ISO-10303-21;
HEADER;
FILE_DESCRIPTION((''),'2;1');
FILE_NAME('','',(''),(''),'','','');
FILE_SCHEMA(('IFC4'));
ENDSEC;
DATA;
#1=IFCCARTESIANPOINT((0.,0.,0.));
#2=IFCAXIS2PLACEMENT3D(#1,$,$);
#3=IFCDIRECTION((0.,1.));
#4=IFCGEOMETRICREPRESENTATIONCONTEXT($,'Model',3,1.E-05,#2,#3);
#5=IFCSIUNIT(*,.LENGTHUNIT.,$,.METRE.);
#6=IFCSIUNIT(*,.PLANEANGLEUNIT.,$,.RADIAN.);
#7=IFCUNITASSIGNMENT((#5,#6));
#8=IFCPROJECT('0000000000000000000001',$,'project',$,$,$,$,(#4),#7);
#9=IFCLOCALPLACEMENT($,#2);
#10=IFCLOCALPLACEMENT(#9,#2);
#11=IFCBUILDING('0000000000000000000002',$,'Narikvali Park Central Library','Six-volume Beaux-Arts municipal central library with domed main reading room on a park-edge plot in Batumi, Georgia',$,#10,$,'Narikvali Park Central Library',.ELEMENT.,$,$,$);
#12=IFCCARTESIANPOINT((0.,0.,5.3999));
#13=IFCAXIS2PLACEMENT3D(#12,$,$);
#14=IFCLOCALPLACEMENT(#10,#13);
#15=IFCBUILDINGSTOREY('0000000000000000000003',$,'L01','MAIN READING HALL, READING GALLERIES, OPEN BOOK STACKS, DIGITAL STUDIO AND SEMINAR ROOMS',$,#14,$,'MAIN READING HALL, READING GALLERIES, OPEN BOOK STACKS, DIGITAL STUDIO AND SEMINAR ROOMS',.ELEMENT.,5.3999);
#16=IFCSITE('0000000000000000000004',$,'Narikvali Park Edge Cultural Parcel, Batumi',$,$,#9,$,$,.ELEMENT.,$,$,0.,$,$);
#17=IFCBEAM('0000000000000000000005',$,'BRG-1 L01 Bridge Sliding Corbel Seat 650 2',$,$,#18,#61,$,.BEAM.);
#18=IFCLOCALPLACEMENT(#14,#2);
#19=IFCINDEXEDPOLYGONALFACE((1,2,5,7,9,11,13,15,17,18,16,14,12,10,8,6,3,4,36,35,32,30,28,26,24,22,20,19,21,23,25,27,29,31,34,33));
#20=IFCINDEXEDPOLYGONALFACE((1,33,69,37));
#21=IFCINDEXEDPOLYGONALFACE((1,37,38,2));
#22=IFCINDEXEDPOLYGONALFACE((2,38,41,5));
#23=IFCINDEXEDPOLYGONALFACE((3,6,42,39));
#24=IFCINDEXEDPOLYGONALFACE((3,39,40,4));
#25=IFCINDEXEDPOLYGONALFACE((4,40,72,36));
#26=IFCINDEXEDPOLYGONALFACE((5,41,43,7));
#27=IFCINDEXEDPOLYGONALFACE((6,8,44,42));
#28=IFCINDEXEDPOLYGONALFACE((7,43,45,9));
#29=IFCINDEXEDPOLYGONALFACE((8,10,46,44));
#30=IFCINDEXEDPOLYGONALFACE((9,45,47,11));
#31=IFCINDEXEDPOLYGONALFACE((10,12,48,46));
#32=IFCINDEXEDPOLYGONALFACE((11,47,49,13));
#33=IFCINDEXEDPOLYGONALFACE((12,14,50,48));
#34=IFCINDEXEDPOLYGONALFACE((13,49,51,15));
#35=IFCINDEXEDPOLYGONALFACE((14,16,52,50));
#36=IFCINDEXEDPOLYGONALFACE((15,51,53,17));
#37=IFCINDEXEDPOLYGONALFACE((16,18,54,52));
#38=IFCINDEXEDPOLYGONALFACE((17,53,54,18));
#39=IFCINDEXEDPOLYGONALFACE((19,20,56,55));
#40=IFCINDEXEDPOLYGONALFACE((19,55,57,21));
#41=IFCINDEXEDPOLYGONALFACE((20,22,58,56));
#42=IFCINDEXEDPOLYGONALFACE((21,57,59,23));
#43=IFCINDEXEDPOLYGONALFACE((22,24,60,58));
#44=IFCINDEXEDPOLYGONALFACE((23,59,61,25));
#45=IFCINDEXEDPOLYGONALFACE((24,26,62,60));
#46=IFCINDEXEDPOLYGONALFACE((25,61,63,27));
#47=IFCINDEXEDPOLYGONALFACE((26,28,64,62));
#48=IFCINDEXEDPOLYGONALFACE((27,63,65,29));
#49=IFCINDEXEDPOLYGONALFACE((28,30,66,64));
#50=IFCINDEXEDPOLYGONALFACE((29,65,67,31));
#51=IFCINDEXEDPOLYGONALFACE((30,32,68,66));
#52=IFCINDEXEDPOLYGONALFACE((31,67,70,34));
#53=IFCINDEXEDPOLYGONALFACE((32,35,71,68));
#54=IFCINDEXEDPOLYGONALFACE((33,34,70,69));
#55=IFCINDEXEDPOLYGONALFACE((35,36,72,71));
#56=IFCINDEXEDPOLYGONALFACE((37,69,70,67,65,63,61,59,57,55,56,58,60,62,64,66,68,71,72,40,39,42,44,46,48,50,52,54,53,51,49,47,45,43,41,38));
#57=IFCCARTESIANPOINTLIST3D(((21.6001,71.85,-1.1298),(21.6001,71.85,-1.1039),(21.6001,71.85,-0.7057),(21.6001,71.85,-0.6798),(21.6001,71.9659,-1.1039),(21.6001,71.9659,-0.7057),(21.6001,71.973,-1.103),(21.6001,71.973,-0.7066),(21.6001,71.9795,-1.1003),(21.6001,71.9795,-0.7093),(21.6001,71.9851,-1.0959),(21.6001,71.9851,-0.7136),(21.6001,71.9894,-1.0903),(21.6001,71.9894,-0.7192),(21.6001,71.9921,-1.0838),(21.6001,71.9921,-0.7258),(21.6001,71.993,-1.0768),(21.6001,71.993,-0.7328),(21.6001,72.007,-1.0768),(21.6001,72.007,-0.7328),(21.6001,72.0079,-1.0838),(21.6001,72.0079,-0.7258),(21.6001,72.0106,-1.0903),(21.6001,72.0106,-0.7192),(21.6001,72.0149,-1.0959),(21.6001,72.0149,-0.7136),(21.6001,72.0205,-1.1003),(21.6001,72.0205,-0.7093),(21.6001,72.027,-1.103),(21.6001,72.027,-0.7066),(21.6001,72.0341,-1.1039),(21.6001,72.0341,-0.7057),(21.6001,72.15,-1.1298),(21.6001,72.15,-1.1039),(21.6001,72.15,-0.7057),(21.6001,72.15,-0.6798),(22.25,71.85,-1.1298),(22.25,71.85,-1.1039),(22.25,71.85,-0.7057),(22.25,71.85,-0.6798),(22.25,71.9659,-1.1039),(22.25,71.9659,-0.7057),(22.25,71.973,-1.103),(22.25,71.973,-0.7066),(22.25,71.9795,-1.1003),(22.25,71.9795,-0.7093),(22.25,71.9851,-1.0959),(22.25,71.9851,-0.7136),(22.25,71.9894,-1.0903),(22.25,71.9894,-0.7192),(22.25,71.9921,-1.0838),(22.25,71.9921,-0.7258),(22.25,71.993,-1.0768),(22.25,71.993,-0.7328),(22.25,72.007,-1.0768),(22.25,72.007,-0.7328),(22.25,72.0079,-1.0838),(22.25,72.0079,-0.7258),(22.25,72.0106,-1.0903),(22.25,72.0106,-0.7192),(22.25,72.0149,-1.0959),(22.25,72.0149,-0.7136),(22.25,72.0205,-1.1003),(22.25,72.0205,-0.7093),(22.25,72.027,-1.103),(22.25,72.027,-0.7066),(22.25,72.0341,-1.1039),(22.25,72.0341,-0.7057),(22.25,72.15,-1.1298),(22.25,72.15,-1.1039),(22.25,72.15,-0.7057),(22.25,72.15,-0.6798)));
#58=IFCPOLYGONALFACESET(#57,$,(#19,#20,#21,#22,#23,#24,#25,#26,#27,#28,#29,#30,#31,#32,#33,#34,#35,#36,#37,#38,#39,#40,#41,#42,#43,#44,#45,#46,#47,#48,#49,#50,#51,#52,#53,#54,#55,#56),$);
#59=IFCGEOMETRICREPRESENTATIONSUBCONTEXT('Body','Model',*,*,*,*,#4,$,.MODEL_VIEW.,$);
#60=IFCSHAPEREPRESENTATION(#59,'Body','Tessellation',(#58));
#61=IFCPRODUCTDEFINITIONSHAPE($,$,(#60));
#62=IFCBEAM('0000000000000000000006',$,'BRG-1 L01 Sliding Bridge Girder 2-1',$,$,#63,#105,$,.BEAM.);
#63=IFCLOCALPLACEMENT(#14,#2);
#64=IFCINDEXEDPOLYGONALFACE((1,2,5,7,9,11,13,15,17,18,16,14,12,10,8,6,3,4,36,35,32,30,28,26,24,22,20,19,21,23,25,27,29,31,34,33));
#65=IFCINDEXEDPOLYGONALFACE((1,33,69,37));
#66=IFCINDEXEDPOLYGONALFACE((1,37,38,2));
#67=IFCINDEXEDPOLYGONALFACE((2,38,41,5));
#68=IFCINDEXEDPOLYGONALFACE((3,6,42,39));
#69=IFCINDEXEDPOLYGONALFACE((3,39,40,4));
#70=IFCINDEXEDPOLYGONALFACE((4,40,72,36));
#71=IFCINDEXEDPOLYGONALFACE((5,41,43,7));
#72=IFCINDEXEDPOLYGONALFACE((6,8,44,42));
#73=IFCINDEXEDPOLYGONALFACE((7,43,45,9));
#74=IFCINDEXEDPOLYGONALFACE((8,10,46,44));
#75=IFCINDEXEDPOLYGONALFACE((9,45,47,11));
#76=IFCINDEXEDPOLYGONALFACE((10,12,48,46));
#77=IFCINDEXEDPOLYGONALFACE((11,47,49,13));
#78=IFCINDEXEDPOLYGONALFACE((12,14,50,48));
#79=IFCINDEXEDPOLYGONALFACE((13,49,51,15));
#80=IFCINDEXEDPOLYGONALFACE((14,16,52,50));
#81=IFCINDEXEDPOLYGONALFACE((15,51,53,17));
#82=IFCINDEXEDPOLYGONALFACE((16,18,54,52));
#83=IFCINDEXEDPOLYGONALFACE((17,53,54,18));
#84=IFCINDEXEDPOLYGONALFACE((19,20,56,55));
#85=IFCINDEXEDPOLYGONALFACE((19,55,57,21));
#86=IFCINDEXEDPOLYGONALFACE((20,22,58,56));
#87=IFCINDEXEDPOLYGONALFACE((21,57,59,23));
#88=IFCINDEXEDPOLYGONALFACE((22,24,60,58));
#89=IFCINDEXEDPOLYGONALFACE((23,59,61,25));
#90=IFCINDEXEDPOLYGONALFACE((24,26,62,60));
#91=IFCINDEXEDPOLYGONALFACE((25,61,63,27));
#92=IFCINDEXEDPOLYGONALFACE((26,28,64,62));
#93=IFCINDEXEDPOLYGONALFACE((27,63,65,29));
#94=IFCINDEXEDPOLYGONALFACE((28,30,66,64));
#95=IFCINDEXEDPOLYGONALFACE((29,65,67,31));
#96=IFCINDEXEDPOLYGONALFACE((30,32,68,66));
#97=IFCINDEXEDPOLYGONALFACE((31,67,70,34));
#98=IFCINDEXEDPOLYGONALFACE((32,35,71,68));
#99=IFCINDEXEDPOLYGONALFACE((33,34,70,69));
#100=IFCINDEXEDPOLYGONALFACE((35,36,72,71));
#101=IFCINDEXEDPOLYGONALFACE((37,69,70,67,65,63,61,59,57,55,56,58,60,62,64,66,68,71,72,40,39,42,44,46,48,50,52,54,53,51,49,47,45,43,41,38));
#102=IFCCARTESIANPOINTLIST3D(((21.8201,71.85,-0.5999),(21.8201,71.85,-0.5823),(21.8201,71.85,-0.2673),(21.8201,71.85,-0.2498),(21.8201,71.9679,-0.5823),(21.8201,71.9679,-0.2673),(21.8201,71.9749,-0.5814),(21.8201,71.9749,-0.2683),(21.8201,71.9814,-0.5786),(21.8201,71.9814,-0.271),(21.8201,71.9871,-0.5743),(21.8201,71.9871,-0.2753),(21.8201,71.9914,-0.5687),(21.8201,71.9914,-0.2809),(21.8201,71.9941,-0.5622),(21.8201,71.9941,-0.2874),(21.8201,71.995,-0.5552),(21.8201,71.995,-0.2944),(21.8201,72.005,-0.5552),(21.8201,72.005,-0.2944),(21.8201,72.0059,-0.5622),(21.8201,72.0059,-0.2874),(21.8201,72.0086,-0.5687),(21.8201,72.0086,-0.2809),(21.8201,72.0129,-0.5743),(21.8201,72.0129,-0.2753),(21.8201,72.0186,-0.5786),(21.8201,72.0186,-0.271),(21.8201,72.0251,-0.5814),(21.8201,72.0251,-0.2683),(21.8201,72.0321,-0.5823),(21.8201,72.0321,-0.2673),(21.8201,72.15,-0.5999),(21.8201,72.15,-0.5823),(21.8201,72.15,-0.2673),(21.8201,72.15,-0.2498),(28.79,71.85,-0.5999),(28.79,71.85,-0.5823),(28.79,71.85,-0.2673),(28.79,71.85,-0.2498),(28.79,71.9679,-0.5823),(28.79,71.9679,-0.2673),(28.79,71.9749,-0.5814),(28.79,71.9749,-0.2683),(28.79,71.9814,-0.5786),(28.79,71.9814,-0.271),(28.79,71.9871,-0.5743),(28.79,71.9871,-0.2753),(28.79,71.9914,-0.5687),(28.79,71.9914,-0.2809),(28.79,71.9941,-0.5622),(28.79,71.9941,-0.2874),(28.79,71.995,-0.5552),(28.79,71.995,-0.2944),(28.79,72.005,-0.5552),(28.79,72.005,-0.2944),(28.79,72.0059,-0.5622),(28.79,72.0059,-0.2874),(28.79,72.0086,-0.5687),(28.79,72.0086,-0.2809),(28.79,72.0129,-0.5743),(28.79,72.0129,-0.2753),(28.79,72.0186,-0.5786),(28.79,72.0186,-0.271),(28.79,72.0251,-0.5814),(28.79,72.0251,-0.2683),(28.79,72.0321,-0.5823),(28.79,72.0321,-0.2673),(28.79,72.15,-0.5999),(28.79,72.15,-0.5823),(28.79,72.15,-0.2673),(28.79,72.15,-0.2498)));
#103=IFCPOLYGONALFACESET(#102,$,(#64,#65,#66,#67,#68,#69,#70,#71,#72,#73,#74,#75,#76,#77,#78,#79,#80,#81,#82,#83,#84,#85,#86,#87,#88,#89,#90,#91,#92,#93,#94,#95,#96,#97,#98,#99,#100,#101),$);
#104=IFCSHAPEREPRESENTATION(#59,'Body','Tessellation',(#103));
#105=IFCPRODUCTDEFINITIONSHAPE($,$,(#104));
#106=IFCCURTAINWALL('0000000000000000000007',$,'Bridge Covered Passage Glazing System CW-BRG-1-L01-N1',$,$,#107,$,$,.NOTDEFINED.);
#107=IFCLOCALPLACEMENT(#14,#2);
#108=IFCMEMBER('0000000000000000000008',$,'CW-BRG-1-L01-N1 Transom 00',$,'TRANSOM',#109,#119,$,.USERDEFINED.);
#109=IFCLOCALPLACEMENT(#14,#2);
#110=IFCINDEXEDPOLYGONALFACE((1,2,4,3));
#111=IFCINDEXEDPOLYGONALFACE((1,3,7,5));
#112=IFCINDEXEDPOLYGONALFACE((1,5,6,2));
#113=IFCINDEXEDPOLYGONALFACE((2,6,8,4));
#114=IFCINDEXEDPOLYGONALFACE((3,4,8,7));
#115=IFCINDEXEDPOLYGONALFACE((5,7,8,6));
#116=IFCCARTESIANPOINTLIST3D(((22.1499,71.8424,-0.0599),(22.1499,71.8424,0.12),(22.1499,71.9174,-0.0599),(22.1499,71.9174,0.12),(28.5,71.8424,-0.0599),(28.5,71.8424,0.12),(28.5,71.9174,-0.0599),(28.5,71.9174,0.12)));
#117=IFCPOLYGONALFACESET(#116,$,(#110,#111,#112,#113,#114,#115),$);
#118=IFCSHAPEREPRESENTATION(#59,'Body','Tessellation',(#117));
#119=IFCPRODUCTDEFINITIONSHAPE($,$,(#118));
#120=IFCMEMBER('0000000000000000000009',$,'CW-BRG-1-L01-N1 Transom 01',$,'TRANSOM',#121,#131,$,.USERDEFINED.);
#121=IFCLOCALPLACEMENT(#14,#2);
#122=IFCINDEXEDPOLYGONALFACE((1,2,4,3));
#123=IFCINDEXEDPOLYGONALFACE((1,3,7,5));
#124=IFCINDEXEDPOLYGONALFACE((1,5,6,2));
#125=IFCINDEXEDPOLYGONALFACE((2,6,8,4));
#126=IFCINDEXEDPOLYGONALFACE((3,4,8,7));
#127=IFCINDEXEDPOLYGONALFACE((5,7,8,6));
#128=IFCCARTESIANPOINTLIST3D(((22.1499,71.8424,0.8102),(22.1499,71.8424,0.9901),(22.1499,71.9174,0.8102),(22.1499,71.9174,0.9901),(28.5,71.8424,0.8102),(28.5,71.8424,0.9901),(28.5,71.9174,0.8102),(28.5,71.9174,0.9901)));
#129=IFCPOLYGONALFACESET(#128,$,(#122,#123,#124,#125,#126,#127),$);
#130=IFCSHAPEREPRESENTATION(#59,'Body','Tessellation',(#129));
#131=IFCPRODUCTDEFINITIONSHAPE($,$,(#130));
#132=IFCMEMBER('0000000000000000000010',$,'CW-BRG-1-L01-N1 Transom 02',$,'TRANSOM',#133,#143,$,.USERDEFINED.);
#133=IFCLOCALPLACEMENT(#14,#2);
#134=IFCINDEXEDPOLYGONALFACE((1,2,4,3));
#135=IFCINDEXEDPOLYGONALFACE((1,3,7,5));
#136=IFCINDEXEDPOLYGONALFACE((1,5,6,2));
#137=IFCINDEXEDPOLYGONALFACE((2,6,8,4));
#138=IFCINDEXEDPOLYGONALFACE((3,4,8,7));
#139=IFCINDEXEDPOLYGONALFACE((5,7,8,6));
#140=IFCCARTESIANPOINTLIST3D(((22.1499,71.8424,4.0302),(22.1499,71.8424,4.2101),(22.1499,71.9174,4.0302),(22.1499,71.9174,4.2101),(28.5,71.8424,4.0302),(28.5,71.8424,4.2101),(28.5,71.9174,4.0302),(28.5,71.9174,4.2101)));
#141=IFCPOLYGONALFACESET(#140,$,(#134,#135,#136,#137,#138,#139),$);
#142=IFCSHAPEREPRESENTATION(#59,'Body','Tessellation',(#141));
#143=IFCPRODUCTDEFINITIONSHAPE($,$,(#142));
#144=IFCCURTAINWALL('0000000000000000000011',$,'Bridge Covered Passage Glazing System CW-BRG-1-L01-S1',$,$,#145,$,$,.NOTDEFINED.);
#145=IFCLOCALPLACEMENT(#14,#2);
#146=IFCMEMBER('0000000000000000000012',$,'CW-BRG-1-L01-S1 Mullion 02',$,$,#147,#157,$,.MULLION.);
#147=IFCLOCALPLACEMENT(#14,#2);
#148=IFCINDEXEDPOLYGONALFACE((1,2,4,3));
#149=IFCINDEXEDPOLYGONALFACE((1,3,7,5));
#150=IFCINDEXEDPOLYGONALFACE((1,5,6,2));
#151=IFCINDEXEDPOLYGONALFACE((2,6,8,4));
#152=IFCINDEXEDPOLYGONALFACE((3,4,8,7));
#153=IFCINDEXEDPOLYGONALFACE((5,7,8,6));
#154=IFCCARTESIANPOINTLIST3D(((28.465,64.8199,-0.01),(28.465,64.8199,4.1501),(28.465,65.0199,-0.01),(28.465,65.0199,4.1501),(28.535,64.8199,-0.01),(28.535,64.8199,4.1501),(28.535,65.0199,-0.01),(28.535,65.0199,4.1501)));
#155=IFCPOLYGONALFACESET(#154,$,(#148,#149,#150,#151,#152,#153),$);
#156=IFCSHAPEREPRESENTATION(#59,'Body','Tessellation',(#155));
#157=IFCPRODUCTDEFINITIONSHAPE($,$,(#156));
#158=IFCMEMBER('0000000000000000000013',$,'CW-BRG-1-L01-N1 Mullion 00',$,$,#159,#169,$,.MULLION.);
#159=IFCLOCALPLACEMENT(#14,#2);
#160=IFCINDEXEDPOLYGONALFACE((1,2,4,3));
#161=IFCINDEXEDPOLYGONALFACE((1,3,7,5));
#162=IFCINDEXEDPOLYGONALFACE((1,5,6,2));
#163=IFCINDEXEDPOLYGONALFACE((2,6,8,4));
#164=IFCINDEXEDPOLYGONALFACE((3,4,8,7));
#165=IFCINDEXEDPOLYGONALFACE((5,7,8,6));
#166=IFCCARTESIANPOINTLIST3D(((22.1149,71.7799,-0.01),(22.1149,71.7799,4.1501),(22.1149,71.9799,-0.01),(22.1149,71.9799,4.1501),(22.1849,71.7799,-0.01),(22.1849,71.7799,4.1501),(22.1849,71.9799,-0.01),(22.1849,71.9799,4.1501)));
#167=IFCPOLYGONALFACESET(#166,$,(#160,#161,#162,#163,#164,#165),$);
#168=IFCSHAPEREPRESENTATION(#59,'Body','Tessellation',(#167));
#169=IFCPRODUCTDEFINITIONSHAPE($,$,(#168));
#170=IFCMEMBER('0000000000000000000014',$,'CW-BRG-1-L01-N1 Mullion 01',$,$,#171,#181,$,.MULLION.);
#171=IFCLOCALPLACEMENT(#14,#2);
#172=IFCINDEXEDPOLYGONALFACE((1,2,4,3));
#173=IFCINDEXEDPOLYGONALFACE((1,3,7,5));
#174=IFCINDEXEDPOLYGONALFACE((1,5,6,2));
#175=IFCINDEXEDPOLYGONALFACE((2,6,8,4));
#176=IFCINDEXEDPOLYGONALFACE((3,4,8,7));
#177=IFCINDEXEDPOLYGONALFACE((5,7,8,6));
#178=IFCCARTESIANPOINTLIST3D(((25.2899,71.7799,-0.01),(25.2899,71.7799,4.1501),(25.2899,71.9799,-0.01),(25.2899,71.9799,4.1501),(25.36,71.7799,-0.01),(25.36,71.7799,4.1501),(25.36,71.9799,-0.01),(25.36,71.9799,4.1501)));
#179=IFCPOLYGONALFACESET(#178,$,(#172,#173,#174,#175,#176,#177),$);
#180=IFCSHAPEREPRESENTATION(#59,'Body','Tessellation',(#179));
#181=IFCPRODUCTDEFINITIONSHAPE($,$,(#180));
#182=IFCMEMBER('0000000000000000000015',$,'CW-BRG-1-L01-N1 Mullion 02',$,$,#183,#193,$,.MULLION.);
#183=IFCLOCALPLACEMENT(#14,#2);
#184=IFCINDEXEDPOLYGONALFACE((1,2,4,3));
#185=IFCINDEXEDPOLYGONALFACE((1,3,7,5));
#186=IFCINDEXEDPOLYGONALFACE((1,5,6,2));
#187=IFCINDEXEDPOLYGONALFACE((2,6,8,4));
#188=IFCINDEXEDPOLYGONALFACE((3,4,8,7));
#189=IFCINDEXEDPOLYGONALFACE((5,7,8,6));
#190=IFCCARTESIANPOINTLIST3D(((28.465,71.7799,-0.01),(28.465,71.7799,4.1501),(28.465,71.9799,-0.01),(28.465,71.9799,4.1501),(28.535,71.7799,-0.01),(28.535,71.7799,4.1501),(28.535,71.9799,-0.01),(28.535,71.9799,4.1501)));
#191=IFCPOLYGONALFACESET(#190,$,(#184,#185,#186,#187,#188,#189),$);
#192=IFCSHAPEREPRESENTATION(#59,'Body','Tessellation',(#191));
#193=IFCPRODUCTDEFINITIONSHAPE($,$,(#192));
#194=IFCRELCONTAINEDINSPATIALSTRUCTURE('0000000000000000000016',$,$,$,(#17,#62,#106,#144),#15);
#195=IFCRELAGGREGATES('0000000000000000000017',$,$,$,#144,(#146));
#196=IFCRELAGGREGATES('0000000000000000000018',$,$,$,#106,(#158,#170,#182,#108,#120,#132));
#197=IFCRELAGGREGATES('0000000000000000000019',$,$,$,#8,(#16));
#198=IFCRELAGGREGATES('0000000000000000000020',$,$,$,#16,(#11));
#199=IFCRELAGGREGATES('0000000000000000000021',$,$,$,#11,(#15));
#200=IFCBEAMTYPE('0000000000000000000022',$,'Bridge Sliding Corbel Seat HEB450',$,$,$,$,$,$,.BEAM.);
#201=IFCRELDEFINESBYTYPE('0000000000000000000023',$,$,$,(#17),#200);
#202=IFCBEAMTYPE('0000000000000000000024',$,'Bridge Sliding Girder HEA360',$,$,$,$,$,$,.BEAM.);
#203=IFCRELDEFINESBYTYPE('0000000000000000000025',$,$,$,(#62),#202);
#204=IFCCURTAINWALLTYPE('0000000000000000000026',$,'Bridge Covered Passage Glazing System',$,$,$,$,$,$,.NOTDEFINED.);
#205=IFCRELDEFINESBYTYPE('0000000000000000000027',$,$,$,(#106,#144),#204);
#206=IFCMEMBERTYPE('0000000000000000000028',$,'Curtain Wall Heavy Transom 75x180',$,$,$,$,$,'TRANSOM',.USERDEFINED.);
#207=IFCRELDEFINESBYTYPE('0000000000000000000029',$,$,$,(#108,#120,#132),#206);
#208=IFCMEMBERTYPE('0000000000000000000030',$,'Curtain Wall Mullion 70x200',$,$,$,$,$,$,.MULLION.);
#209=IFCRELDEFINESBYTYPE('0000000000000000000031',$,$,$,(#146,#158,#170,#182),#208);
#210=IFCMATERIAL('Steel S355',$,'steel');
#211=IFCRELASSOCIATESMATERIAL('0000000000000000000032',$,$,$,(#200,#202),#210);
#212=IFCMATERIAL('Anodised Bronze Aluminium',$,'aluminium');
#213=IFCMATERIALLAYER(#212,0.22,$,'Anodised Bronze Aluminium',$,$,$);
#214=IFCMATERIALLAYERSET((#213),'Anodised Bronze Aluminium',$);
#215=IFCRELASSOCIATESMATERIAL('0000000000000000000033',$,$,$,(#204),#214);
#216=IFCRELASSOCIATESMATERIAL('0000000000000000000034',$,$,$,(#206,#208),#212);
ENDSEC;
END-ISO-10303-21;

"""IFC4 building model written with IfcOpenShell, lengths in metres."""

from ifc_helpers import new_model, si_unit, direction, frame, origin, origin_2d, place, context, subcontext, project, spatial, rectangle, i_section, extrude, material, layer, layer_set, material_profile, profile_set, type_object, element, aggregate, save


model = new_model("IFC4")

# Units and contexts
model_context = context("Model", 3, precision=1e-05, world=origin(), true_north=direction((0.0, 1.0)))
body_context = subcontext(model_context, "Body", "Model", "MODEL_VIEW")
ifc_project = project(units=[si_unit("LENGTHUNIT", "METRE"), si_unit("PLANEANGLEUNIT", "RADIAN")], contexts=[model_context])

# Site, building, storey
site_placement = place(None, origin())
site = spatial("IfcSite", under=ifc_project, at=site_placement, Name="Narikvali Park Edge Cultural Parcel, Batumi", CompositionType="ELEMENT", RefElevation=0.0)
building_placement = place(site_placement, origin())
building = spatial("IfcBuilding", under=site, at=building_placement, Name="Narikvali Park Central Library", Description="Six-volume Beaux-Arts municipal central library with domed main reading room on a park-edge plot in Batumi, Georgia", LongName="Narikvali Park Central Library", CompositionType="ELEMENT")
storey_placement = place(building_placement, frame((0.0, 0.0, 5.3999)))
storey = spatial("IfcBuildingStorey", under=building, at=storey_placement, Name="L01", Description="MAIN READING HALL, READING GALLERIES, OPEN BOOK STACKS, DIGITAL STUDIO AND SEMINAR ROOMS", LongName="MAIN READING HALL, READING GALLERIES, OPEN BOOK STACKS, DIGITAL STUDIO AND SEMINAR ROOMS", CompositionType="ELEMENT", Elevation=5.3999)

# Shared definitions
ifc_material_1 = material(Name="Steel S355", Category="steel")

# Beams
ifc_material_profile_1 = material_profile(ifc_material_1, i_section(OverallWidth=0.3, OverallDepth=0.45, WebThickness=0.0139, FlangeThickness=0.0259, FilletRadius=0.0271, at=origin_2d()), Name="HEB 450")
ifc_profile_set_1 = profile_set([ifc_material_profile_1], Name="Steel S355")
beam_type_1 = type_object("IfcBeamType", Name="Bridge Sliding Corbel Seat HEB450", PredefinedType="BEAM", material=ifc_profile_set_1)
beam_1_placement = place(storey_placement, frame((21.6001, 72.0, -0.9048), z_axis=(1.0, 0.0, 0.0), x_axis=(0.0, 1.0, 0.0)))
element("IfcBeam", 1, at=beam_1_placement, inside=storey, type_object=beam_type_1, Name="BRG-1 L01 Bridge Sliding Corbel Seat 650 2", PredefinedType="BEAM", context=body_context, shape_type="SweptSolid", body=[
    extrude(i_section(OverallWidth=0.3, OverallDepth=0.45, WebThickness=0.0139, FlangeThickness=0.0259, FilletRadius=0.0271, at=origin_2d()), origin(), (0.0, 0.0, 1.0), 0.6499),
])
ifc_material_profile_2 = material_profile(ifc_material_1, i_section(OverallWidth=0.3, OverallDepth=0.3501, WebThickness=0.01, FlangeThickness=0.0176, FilletRadius=0.0271, at=origin_2d()), Name="HEA 360")
ifc_profile_set_2 = profile_set([ifc_material_profile_2], Name="Steel S355")
beam_type_2 = type_object("IfcBeamType", Name="Bridge Sliding Girder HEA360", PredefinedType="BEAM", material=ifc_profile_set_2)
beam_2_placement = place(storey_placement, frame((21.8201, 72.0, -0.4248), z_axis=(1.0, 0.0, 0.0), x_axis=(0.0, 1.0, 0.0)))
element("IfcBeam", 2, at=beam_2_placement, inside=storey, type_object=beam_type_2, Name="BRG-1 L01 Sliding Bridge Girder 2-1", PredefinedType="BEAM", context=body_context, shape_type="SweptSolid", body=[
    extrude(i_section(OverallWidth=0.3, OverallDepth=0.3501, WebThickness=0.01, FlangeThickness=0.0176, FilletRadius=0.0271, at=origin_2d()), origin(), (0.0, 0.0, 1.0), 6.97),
])

# Curtain wall, members
ifc_material_2 = material(Name="Anodised Bronze Aluminium", Category="aluminium")
ifc_layer_1 = layer(ifc_material_2, 0.22, Name="Anodised Bronze Aluminium")
ifc_layer_set_1 = layer_set([ifc_layer_1], Name="Anodised Bronze Aluminium")
curtain_wall_type = type_object("IfcCurtainWallType", Name="Bridge Covered Passage Glazing System", PredefinedType="NOTDEFINED", material=ifc_layer_set_1)
curtain_wall_1_placement = place(storey_placement, origin())
curtain_wall_1 = element("IfcCurtainWall", 3, at=curtain_wall_1_placement, inside=storey, type_object=curtain_wall_type, Name="Bridge Covered Passage Glazing System CW-BRG-1-L01-N1", PredefinedType="NOTDEFINED")
ifc_material_profile_3 = material_profile(ifc_material_2, rectangle(XDim=0.075, YDim=0.1799, at=origin_2d()), Name="CW TRANSOM 75x180")
ifc_profile_set_3 = profile_set([ifc_material_profile_3], Name="Anodised Bronze Aluminium")
member_type_1 = type_object("IfcMemberType", Name="Curtain Wall Heavy Transom 75x180", ElementType="TRANSOM", PredefinedType="USERDEFINED", material=ifc_profile_set_3)
member_1_placement = place(storey_placement, frame((22.1499, 71.8799, 0.03), z_axis=(1.0, 0.0, 0.0), x_axis=(0.0, 1.0, 0.0)))
member_1 = element("IfcMember", 4, at=member_1_placement, type_object=member_type_1, Name="CW-BRG-1-L01-N1 Transom 00", ObjectType="TRANSOM", PredefinedType="USERDEFINED", context=body_context, shape_type="SweptSolid", body=[
    extrude(rectangle(XDim=0.075, YDim=0.1799, at=origin_2d()), origin(), (0.0, 0.0, 1.0), 6.3501),
])
member_2_placement = place(storey_placement, frame((22.1499, 71.8799, 0.9001), z_axis=(1.0, 0.0, 0.0), x_axis=(0.0, 1.0, 0.0)))
member_2 = element("IfcMember", 5, at=member_2_placement, type_object=member_type_1, Name="CW-BRG-1-L01-N1 Transom 01", ObjectType="TRANSOM", PredefinedType="USERDEFINED", context=body_context, shape_type="SweptSolid", body=[
    extrude(rectangle(XDim=0.075, YDim=0.1799, at=origin_2d()), origin(), (0.0, 0.0, 1.0), 6.3501),
])
member_3_placement = place(storey_placement, frame((22.1499, 71.8799, 4.1201), z_axis=(1.0, 0.0, 0.0), x_axis=(0.0, 1.0, 0.0)))
member_3 = element("IfcMember", 6, at=member_3_placement, type_object=member_type_1, Name="CW-BRG-1-L01-N1 Transom 02", ObjectType="TRANSOM", PredefinedType="USERDEFINED", context=body_context, shape_type="SweptSolid", body=[
    extrude(rectangle(XDim=0.075, YDim=0.1799, at=origin_2d()), origin(), (0.0, 0.0, 1.0), 6.3501),
])

# Curtain wall, member
curtain_wall_2_placement = place(storey_placement, origin())
curtain_wall_2 = element("IfcCurtainWall", 7, at=curtain_wall_2_placement, inside=storey, type_object=curtain_wall_type, Name="Bridge Covered Passage Glazing System CW-BRG-1-L01-S1", PredefinedType="NOTDEFINED")
ifc_material_profile_4 = material_profile(ifc_material_2, rectangle(XDim=0.0701, YDim=0.2, at=origin_2d()), Name="CW MULLION 70x200")
ifc_profile_set_4 = profile_set([ifc_material_profile_4], Name="Anodised Bronze Aluminium")
member_type_2 = type_object("IfcMemberType", Name="Curtain Wall Mullion 70x200", PredefinedType="MULLION", material=ifc_profile_set_4)
member_4_placement = place(storey_placement, frame((28.5, 64.9199, -0.01), z_axis=(0.0, 0.0, 1.0), x_axis=(1.0, 0.0, 0.0)))
member_4 = element("IfcMember", 8, at=member_4_placement, type_object=member_type_2, Name="CW-BRG-1-L01-S1 Mullion 02", PredefinedType="MULLION", context=body_context, shape_type="SweptSolid", body=[
    extrude(rectangle(XDim=0.0701, YDim=0.2, at=origin_2d()), origin(), (0.0, 0.0, 1.0), 4.1602),
])

# Members
member_5_placement = place(storey_placement, frame((22.1499, 71.8799, -0.01), z_axis=(0.0, 0.0, 1.0), x_axis=(1.0, 0.0, 0.0)))
member_5 = element("IfcMember", 9, at=member_5_placement, type_object=member_type_2, Name="CW-BRG-1-L01-N1 Mullion 00", PredefinedType="MULLION", context=body_context, shape_type="SweptSolid", body=[
    extrude(rectangle(XDim=0.0701, YDim=0.2, at=origin_2d()), origin(), (0.0, 0.0, 1.0), 4.1602),
])
member_6_placement = place(storey_placement, frame((25.325, 71.8799, -0.01), z_axis=(0.0, 0.0, 1.0), x_axis=(1.0, 0.0, 0.0)))
member_6 = element("IfcMember", 10, at=member_6_placement, type_object=member_type_2, Name="CW-BRG-1-L01-N1 Mullion 01", PredefinedType="MULLION", context=body_context, shape_type="SweptSolid", body=[
    extrude(rectangle(XDim=0.0701, YDim=0.2, at=origin_2d()), origin(), (0.0, 0.0, 1.0), 4.1602),
])
member_7_placement = place(storey_placement, frame((28.5, 71.8799, -0.01), z_axis=(0.0, 0.0, 1.0), x_axis=(1.0, 0.0, 0.0)))
member_7 = element("IfcMember", 11, at=member_7_placement, type_object=member_type_2, Name="CW-BRG-1-L01-N1 Mullion 02", PredefinedType="MULLION", context=body_context, shape_type="SweptSolid", body=[
    extrude(rectangle(XDim=0.0701, YDim=0.2, at=origin_2d()), origin(), (0.0, 0.0, 1.0), 4.1602),
])

aggregate(curtain_wall_2, [member_4])
aggregate(curtain_wall_1, [member_5, member_6, member_7, member_1, member_2, member_3])

save(model, "model.ifc")
